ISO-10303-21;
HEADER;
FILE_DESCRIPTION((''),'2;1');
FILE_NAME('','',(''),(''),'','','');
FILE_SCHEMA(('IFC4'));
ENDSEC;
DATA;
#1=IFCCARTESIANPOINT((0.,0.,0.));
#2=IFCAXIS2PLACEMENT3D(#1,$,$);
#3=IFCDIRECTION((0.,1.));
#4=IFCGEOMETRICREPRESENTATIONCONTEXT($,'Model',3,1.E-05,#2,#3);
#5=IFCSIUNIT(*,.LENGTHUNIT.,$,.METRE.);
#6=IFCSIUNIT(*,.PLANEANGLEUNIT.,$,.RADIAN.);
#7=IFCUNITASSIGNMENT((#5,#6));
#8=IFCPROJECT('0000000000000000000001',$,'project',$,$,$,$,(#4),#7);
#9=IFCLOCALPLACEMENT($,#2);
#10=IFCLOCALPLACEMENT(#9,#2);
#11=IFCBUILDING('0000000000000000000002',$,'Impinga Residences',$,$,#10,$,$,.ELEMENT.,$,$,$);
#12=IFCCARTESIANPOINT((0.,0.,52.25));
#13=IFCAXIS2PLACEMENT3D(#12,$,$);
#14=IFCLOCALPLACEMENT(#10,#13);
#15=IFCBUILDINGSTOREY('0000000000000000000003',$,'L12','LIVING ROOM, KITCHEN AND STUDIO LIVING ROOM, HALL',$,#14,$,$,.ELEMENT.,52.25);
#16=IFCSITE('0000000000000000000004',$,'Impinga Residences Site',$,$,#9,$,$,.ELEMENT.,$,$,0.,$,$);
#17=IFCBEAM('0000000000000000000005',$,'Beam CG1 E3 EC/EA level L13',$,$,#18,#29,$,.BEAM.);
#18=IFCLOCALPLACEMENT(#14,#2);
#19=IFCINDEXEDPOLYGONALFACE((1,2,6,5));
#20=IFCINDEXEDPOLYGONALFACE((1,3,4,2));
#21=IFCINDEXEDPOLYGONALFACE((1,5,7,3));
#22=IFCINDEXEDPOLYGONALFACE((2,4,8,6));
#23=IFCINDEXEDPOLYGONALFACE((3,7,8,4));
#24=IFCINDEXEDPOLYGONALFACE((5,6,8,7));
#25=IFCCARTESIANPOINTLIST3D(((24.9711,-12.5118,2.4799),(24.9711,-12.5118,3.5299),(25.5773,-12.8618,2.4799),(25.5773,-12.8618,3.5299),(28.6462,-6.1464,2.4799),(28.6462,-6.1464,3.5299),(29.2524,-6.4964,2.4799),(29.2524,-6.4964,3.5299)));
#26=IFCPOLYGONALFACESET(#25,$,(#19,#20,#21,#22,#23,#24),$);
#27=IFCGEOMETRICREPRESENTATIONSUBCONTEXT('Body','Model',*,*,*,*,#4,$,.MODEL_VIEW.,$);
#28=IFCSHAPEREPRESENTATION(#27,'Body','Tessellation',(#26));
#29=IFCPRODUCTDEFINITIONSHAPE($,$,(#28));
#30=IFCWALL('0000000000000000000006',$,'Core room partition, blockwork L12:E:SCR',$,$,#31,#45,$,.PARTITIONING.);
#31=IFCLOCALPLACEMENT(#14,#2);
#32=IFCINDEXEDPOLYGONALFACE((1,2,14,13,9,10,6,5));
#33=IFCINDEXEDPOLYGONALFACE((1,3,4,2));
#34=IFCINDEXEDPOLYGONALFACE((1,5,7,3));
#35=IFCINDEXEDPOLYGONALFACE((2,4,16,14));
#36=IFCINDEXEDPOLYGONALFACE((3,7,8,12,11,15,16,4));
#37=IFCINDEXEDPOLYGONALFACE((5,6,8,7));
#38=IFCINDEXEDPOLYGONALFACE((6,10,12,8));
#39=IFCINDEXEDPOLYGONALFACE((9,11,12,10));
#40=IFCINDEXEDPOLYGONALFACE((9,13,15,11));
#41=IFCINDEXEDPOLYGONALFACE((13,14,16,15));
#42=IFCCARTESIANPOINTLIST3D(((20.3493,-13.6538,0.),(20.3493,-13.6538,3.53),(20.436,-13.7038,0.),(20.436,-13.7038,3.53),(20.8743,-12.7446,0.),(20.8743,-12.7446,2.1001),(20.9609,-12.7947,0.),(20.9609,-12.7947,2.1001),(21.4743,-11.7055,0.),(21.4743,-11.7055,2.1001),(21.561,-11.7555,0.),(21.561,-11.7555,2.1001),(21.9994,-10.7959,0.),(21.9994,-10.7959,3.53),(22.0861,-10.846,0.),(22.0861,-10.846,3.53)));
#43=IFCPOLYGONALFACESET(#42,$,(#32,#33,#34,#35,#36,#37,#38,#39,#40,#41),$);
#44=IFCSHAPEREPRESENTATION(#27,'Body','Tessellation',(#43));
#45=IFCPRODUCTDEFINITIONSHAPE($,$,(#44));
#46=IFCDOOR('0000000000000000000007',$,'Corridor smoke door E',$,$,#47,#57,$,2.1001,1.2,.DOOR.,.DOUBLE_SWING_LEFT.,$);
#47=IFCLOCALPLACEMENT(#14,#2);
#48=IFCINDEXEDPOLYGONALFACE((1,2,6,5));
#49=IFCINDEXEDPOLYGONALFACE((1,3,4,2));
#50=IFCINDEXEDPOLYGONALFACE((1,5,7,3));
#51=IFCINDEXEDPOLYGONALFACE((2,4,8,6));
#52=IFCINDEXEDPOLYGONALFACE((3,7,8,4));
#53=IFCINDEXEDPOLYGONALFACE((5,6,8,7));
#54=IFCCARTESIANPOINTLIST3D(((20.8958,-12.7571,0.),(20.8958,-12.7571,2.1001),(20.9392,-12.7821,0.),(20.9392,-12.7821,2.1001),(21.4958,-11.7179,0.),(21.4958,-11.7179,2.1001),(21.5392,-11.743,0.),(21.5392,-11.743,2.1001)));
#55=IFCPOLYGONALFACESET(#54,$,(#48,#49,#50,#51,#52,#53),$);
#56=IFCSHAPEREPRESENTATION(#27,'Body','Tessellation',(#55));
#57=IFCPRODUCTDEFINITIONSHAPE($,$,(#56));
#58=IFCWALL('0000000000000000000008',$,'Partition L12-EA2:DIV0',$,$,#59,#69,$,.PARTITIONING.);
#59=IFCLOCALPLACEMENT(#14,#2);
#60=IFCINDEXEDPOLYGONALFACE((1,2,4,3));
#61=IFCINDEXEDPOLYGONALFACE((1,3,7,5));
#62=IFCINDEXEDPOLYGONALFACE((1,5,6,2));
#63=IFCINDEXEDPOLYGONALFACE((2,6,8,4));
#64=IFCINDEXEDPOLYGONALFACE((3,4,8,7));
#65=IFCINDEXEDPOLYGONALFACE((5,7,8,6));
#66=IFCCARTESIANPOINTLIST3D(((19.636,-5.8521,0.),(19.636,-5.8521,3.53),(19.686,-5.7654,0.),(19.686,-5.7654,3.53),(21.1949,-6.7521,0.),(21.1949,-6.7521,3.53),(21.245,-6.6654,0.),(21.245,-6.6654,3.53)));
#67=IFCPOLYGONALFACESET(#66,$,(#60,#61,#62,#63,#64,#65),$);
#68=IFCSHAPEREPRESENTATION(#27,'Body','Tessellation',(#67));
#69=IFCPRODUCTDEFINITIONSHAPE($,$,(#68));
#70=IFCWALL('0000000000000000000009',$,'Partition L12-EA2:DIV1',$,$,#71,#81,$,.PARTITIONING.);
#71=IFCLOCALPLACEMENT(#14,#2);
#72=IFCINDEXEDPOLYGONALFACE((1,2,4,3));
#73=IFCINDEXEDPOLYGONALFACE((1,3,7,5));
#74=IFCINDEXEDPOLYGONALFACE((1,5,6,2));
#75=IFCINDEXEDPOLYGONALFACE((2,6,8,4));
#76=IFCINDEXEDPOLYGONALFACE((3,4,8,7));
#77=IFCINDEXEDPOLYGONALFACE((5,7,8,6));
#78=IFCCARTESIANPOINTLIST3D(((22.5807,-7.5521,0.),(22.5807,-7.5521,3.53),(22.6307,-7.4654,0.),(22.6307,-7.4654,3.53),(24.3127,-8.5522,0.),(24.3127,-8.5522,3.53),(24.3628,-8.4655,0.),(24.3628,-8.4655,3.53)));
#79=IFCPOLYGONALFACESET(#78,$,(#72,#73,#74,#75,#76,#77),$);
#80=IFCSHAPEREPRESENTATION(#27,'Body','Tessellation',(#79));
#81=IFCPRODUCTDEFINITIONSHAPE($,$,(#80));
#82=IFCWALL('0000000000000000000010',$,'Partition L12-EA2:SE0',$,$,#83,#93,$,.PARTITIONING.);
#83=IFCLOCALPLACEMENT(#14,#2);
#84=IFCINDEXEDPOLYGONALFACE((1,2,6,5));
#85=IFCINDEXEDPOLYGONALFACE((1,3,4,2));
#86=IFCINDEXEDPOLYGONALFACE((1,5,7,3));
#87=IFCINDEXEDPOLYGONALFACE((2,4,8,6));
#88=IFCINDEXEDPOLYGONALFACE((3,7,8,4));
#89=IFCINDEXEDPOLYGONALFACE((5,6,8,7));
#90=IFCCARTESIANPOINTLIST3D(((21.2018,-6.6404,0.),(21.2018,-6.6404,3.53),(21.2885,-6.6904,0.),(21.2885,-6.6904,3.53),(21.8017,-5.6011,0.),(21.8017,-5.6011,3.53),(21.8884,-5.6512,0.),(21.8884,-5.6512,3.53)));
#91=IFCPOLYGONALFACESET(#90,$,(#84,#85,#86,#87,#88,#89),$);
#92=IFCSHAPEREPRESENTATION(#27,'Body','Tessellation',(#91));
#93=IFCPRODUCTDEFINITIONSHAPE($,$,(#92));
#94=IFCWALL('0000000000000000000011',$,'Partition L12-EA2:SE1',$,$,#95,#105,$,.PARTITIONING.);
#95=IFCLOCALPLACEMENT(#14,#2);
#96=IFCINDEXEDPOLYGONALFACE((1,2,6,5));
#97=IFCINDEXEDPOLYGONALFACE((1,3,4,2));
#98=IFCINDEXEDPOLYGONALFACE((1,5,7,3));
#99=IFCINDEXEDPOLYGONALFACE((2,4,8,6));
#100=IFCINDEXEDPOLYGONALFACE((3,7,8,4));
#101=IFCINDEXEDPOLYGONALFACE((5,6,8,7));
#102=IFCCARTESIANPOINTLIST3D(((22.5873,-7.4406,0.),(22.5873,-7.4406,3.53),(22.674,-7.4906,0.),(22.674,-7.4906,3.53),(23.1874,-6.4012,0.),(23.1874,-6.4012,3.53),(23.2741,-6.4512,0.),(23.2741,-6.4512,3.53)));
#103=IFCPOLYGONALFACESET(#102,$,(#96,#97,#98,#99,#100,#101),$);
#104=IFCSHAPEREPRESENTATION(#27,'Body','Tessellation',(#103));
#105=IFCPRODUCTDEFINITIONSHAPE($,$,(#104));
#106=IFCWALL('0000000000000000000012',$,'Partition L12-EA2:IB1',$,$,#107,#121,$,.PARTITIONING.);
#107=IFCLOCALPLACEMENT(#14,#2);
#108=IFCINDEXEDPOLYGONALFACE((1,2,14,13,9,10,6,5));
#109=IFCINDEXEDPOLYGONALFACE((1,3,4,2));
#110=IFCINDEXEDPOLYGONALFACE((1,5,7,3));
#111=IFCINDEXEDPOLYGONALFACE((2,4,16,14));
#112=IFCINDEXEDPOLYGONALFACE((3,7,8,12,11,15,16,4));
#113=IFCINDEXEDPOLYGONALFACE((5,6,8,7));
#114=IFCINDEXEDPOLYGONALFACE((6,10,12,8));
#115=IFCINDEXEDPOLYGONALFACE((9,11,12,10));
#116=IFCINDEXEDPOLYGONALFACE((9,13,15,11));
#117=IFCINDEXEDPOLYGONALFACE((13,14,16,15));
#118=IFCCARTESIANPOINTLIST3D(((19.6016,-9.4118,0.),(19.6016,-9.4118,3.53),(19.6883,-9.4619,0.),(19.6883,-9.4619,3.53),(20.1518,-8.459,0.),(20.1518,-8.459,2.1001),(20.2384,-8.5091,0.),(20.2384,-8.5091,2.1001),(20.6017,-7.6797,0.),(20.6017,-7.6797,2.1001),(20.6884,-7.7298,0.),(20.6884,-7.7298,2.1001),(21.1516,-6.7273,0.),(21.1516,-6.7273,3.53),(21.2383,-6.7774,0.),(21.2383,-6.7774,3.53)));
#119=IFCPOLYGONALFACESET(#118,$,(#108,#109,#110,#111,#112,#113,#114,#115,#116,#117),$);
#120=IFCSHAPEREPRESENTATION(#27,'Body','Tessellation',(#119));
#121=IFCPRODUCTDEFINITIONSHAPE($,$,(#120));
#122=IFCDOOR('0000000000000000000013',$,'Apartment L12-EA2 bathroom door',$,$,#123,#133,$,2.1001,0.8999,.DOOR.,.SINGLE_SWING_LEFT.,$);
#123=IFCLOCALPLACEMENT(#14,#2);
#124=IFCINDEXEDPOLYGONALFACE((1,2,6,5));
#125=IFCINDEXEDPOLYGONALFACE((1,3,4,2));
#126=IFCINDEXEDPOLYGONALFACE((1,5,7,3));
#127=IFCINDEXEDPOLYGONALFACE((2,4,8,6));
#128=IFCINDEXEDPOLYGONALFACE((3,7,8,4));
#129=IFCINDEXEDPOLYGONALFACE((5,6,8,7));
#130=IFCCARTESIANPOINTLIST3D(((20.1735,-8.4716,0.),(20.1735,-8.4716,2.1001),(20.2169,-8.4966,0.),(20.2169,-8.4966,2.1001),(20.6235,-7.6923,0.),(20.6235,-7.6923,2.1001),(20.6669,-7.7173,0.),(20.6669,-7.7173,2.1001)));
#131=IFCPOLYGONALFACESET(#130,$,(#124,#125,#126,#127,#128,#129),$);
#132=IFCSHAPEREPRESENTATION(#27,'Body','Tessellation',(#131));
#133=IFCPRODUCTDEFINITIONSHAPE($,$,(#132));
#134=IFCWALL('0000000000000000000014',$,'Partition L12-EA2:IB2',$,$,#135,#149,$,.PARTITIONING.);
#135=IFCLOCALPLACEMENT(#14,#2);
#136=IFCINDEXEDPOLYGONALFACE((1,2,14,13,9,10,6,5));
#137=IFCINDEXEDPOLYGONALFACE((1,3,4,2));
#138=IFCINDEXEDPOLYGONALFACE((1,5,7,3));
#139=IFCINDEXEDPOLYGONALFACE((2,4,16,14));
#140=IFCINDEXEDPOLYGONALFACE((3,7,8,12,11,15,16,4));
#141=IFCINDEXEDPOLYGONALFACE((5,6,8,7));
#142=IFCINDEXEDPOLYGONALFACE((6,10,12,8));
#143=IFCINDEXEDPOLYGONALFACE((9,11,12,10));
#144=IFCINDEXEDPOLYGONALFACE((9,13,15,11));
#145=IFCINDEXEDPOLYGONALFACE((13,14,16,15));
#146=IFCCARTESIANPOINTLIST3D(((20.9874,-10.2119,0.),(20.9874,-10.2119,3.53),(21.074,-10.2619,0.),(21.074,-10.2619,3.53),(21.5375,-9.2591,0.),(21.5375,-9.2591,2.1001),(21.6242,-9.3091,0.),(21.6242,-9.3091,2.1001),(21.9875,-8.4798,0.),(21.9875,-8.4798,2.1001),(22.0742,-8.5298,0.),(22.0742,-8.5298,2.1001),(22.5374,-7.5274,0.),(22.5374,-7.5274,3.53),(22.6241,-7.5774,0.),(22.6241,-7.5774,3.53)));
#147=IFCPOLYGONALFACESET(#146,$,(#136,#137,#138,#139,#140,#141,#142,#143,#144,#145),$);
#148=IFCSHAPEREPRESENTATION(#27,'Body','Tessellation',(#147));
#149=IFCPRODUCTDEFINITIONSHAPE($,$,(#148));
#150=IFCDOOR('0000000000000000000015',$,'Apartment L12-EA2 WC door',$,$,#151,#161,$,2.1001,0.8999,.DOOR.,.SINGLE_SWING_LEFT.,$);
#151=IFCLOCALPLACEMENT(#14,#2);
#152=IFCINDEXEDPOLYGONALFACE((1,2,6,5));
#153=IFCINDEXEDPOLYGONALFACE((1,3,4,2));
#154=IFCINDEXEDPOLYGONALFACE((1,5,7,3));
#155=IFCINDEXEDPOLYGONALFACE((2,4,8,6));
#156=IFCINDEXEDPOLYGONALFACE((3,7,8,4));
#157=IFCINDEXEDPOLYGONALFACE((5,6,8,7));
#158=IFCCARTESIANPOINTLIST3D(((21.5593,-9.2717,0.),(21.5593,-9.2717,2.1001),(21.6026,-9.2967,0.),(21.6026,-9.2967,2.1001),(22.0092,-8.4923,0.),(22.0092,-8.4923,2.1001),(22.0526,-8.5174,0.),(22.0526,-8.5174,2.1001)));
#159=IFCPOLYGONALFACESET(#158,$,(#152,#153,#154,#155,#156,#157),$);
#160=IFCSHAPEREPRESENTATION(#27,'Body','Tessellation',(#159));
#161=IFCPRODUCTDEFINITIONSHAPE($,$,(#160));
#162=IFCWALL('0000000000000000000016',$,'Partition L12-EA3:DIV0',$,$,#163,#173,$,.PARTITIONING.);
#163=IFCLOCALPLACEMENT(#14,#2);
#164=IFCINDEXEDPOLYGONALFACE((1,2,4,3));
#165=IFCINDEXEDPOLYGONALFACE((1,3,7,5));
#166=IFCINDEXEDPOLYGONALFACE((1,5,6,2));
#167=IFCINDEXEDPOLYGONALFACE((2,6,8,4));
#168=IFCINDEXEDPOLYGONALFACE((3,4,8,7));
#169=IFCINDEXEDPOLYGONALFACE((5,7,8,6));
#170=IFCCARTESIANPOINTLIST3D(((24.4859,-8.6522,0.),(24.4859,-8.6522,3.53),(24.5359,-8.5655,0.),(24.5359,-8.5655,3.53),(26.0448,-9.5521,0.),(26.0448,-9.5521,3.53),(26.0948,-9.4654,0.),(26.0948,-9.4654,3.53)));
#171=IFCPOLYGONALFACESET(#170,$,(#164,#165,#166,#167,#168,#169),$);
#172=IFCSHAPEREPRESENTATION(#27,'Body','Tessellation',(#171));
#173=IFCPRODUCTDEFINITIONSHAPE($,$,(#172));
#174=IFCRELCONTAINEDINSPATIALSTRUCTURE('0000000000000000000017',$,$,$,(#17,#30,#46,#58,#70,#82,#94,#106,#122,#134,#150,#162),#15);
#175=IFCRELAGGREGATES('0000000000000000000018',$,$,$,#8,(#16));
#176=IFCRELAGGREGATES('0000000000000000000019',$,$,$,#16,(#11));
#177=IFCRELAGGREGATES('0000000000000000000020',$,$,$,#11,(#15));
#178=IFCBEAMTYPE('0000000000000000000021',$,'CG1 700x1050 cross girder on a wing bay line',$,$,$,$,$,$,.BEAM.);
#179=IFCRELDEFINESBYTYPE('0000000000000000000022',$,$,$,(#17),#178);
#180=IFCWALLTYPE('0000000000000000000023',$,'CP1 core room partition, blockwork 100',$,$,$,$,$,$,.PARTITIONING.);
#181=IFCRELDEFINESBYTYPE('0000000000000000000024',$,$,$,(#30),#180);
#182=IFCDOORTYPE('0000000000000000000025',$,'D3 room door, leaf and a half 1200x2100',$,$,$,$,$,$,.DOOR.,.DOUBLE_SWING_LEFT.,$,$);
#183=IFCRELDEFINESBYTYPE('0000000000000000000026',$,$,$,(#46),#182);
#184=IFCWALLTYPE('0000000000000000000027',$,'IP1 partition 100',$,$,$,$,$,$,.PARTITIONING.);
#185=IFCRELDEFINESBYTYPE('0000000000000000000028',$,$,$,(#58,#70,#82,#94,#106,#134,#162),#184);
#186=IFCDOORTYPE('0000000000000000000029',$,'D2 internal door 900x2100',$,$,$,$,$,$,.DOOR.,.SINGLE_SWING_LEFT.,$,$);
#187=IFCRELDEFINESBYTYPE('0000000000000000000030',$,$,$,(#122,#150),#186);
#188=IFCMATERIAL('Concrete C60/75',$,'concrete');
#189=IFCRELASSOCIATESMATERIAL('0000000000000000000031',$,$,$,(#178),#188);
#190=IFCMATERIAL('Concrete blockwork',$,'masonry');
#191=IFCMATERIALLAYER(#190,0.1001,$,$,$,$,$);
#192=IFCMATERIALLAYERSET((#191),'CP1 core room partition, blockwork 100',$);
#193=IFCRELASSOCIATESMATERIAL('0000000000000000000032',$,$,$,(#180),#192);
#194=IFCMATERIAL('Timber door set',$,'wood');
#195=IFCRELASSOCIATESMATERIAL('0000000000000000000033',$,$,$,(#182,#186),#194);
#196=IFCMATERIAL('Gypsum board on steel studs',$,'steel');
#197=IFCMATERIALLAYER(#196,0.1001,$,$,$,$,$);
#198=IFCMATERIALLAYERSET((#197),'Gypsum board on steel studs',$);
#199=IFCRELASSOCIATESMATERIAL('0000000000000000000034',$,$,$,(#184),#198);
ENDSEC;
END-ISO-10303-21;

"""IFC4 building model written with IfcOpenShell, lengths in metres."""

from ifc_helpers import new_model, si_unit, direction, frame, frame_2d, origin, origin_2d, place, context, subcontext, project, spatial, rectangle, extrude, material, layer, layer_set, material_profile, profile_set, type_object, element, fill, save


model = new_model("IFC4")

# Units and contexts
model_context = context("Model", 3, precision=1e-05, world=origin(), true_north=direction((0.0, 1.0)))
body_context = subcontext(model_context, "Body", "Model", "MODEL_VIEW")
ifc_project = project(units=[si_unit("LENGTHUNIT", "METRE"), si_unit("PLANEANGLEUNIT", "RADIAN")], contexts=[model_context])

# Site, building, storey
site_placement = place(None, origin())
site = spatial("IfcSite", under=ifc_project, at=site_placement, Name="Impinga Residences Site", CompositionType="ELEMENT", RefElevation=0.0)
building_placement = place(site_placement, origin())
building = spatial("IfcBuilding", under=site, at=building_placement, Name="Impinga Residences", CompositionType="ELEMENT")
storey_placement = place(building_placement, frame((0.0, 0.0, 52.25)))
storey = spatial("IfcBuildingStorey", under=building, at=storey_placement, Name="L12", Description="LIVING ROOM, KITCHEN AND STUDIO LIVING ROOM, HALL", CompositionType="ELEMENT", Elevation=52.25)

# Beam
ifc_material_1 = material(Name="Concrete C60/75", Category="concrete")
ifc_material_profile = material_profile(ifc_material_1, rectangle(XDim=0.7, YDim=1.05, at=origin_2d()), Name="RC 700x1050")
ifc_profile_set = profile_set([ifc_material_profile], Name="Concrete C60/75")
beam_type = type_object("IfcBeamType", Name="CG1 700x1050 cross girder on a wing bay line", PredefinedType="BEAM", material=ifc_profile_set)
beam_placement = place(storey_placement, frame((25.2742, -12.6868, 3.0049), z_axis=(0.500008, 0.866021, 0.0), x_axis=(-0.866021, 0.500008, 0.0)))
element("IfcBeam", 1, at=beam_placement, inside=storey, type_object=beam_type, Name="Beam CG1 E3 EC/EA level L13", PredefinedType="BEAM", context=body_context, shape_type="SweptSolid", body=[
    extrude(rectangle(XDim=0.7, YDim=1.05, at=origin_2d()), origin(), (0.0, 0.0, 1.0), 7.3501),
])

# Wall, opening, door
ifc_material_2 = material(Name="Concrete blockwork", Category="masonry")
ifc_layer_1 = layer(ifc_material_2, 0.1001)
ifc_layer_set_1 = layer_set([ifc_layer_1], Name="CP1 core room partition, blockwork 100")
wall_type_1 = type_object("IfcWallType", Name="CP1 core room partition, blockwork 100", PredefinedType="PARTITIONING", material=ifc_layer_set_1)
wall_1_placement = place(storey_placement, frame((22.0427, -10.821, 0.0), z_axis=(0.0, 0.0, 1.0), x_axis=(-0.50003, -0.866008, 0.0)))
wall_1 = element("IfcWall", 2, at=wall_1_placement, inside=storey, type_object=wall_type_1, Name="Core room partition, blockwork L12:E:SCR", PredefinedType="PARTITIONING", context=body_context, shape_type="SweptSolid", body=[
    extrude(rectangle(XDim=3.3, YDim=0.1001, at=frame_2d((1.6499, 0.0))), origin(), (0.0, 0.0, 1.0), 3.53),
])
opening_1_placement = place(wall_1_placement, frame((1.05, 0.0, 0.0)))
opening_1 = element("IfcOpeningElement", 3, at=opening_1_placement, cuts=wall_1, PredefinedType="OPENING", context=body_context, shape_type="SweptSolid", body=[
    extrude(rectangle(XDim=1.2, YDim=2.1001, at=frame_2d((0.6001, 1.05))), frame((0.0, 0.0601, 0.0), z_axis=(0.0, -1.0, 0.0), x_axis=(1.0, 0.0, 0.0)), (0.0, 0.0, 1.0), 0.1201),
])
ifc_material_3 = material(Name="Timber door set", Category="wood")
door_type_1 = type_object("IfcDoorType", Name="D3 room door, leaf and a half 1200x2100", OperationType="DOUBLE_SWING_LEFT", PredefinedType="DOOR", material=ifc_material_3)
door_1_placement = place(opening_1_placement, origin())
door_1 = element("IfcDoor", 4, at=door_1_placement, inside=storey, type_object=door_type_1, Name="Corridor smoke door E", OperationType="DOUBLE_SWING_LEFT", OverallHeight=2.1001, OverallWidth=1.2, PredefinedType="DOOR", context=body_context, shape_type="SweptSolid", body=[
    extrude(rectangle(XDim=1.2, YDim=2.1001, at=frame_2d((0.6001, 1.05))), frame((0.0, 0.0249, 0.0), z_axis=(0.0, -1.0, 0.0), x_axis=(1.0, 0.0, 0.0)), (0.0, 0.0, 1.0), 0.05),
])
fill(opening_1, door_1)

# Walls
ifc_material_4 = material(Name="Gypsum board on steel studs", Category="steel")
ifc_layer_2 = layer(ifc_material_4, 0.1001)
ifc_layer_set_2 = layer_set([ifc_layer_2], Name="Gypsum board on steel studs")
wall_type_2 = type_object("IfcWallType", Name="IP1 partition 100", PredefinedType="PARTITIONING", material=ifc_layer_set_2)
wall_2_placement = place(storey_placement, frame((19.6611, -5.8088, 0.0), z_axis=(0.0, 0.0, 1.0), x_axis=(0.866048, -0.499961, 0.0)))
element("IfcWall", 5, at=wall_2_placement, inside=storey, type_object=wall_type_2, Name="Partition L12-EA2:DIV0", PredefinedType="PARTITIONING", context=body_context, shape_type="SweptSolid", body=[
    extrude(rectangle(XDim=1.8, YDim=0.1001, at=frame_2d((0.8999, 0.0))), origin(), (0.0, 0.0, 1.0), 3.53),
])
wall_3_placement = place(storey_placement, frame((22.6057, -7.5088, 0.0), z_axis=(0.0, 0.0, 1.0), x_axis=(0.866011, -0.500025, 0.0)))
element("IfcWall", 6, at=wall_3_placement, inside=storey, type_object=wall_type_2, Name="Partition L12-EA2:DIV1", PredefinedType="PARTITIONING", context=body_context, shape_type="SweptSolid", body=[
    extrude(rectangle(XDim=2.0, YDim=0.1001, at=frame_2d((1.0, 0.0))), origin(), (0.0, 0.0, 1.0), 3.53),
])
wall_4_placement = place(storey_placement, frame((21.2451, -6.6655, 0.0), z_axis=(0.0, 0.0, 1.0), x_axis=(0.499881, 0.866094, 0.0)))
element("IfcWall", 7, at=wall_4_placement, inside=storey, type_object=wall_type_2, Name="Partition L12-EA2:SE0", PredefinedType="PARTITIONING", context=body_context, shape_type="SweptSolid", body=[
    extrude(rectangle(XDim=1.2, YDim=0.1001, at=frame_2d((0.6001, 0.0))), origin(), (0.0, 0.0, 1.0), 3.53),
])
wall_5_placement = place(storey_placement, frame((22.6306, -7.4656, 0.0), z_axis=(0.0, 0.0, 1.0), x_axis=(0.500034, 0.866006, 0.0)))
element("IfcWall", 8, at=wall_5_placement, inside=storey, type_object=wall_type_2, Name="Partition L12-EA2:SE1", PredefinedType="PARTITIONING", context=body_context, shape_type="SweptSolid", body=[
    extrude(rectangle(XDim=1.2002, YDim=0.1001, at=frame_2d((0.6001, 0.0))), origin(), (0.0, 0.0, 1.0), 3.53),
])

# Walls, openings, doors
wall_6_placement = place(storey_placement, frame((19.645, -9.4368, 0.0), z_axis=(0.0, 0.0, 1.0), x_axis=(0.500027, 0.86601, 0.0)))
wall_6 = element("IfcWall", 9, at=wall_6_placement, inside=storey, type_object=wall_type_2, Name="Partition L12-EA2:IB1", PredefinedType="PARTITIONING", context=body_context, shape_type="SweptSolid", body=[
    extrude(rectangle(XDim=3.0999, YDim=0.1001, at=frame_2d((1.5498, 0.0))), origin(), (0.0, 0.0, 1.0), 3.53),
])
opening_2_placement = place(wall_6_placement, frame((1.1001, 0.0, 0.0)))
opening_2 = element("IfcOpeningElement", 10, at=opening_2_placement, cuts=wall_6, PredefinedType="OPENING", context=body_context, shape_type="SweptSolid", body=[
    extrude(rectangle(XDim=0.8999, YDim=2.1001, at=frame_2d((0.45, 1.05))), frame((0.0, 0.0601, 0.0), z_axis=(0.0, -1.0, 0.0), x_axis=(1.0, 0.0, 0.0)), (0.0, 0.0, 1.0), 0.1201),
])
door_type_2 = type_object("IfcDoorType", Name="D2 internal door 900x2100", OperationType="SINGLE_SWING_LEFT", PredefinedType="DOOR", material=ifc_material_3)
door_2_placement = place(opening_2_placement, origin())
door_2 = element("IfcDoor", 11, at=door_2_placement, inside=storey, type_object=door_type_2, Name="Apartment L12-EA2 bathroom door", OperationType="SINGLE_SWING_LEFT", OverallHeight=2.1001, OverallWidth=0.8999, PredefinedType="DOOR", context=body_context, shape_type="SweptSolid", body=[
    extrude(rectangle(XDim=0.8999, YDim=2.1001, at=frame_2d((0.45, 1.05))), frame((0.0, 0.0249, 0.0), z_axis=(0.0, -1.0, 0.0), x_axis=(1.0, 0.0, 0.0)), (0.0, 0.0, 1.0), 0.05),
])
fill(opening_2, door_2)
wall_7_placement = place(storey_placement, frame((21.0308, -10.2368, 0.0), z_axis=(0.0, 0.0, 1.0), x_axis=(0.500027, 0.86601, 0.0)))
wall_7 = element("IfcWall", 12, at=wall_7_placement, inside=storey, type_object=wall_type_2, Name="Partition L12-EA2:IB2", PredefinedType="PARTITIONING", context=body_context, shape_type="SweptSolid", body=[
    extrude(rectangle(XDim=3.0999, YDim=0.1001, at=frame_2d((1.5498, 0.0))), origin(), (0.0, 0.0, 1.0), 3.53),
])
opening_3_placement = place(wall_7_placement, frame((1.1001, 0.0, 0.0)))
opening_3 = element("IfcOpeningElement", 13, at=opening_3_placement, cuts=wall_7, PredefinedType="OPENING", context=body_context, shape_type="SweptSolid", body=[
    extrude(rectangle(XDim=0.8999, YDim=2.1001, at=frame_2d((0.45, 1.05))), frame((0.0, 0.0601, 0.0), z_axis=(0.0, -1.0, 0.0), x_axis=(1.0, 0.0, 0.0)), (0.0, 0.0, 1.0), 0.1201),
])
door_3_placement = place(opening_3_placement, origin())
door_3 = element("IfcDoor", 14, at=door_3_placement, inside=storey, type_object=door_type_2, Name="Apartment L12-EA2 WC door", OperationType="SINGLE_SWING_LEFT", OverallHeight=2.1001, OverallWidth=0.8999, PredefinedType="DOOR", context=body_context, shape_type="SweptSolid", body=[
    extrude(rectangle(XDim=0.8999, YDim=2.1001, at=frame_2d((0.45, 1.05))), frame((0.0, 0.0249, 0.0), z_axis=(0.0, -1.0, 0.0), x_axis=(1.0, 0.0, 0.0)), (0.0, 0.0, 1.0), 0.05),
])
fill(opening_3, door_3)

# Wall
wall_8_placement = place(storey_placement, frame((24.511, -8.6089, 0.0), z_axis=(0.0, 0.0, 1.0), x_axis=(0.866048, -0.499961, 0.0)))
element("IfcWall", 15, at=wall_8_placement, inside=storey, type_object=wall_type_2, Name="Partition L12-EA3:DIV0", PredefinedType="PARTITIONING", context=body_context, shape_type="SweptSolid", body=[
    extrude(rectangle(XDim=1.8, YDim=0.1001, at=frame_2d((0.8999, 0.0))), origin(), (0.0, 0.0, 1.0), 3.53),
])

save(model, "model.ifc")
